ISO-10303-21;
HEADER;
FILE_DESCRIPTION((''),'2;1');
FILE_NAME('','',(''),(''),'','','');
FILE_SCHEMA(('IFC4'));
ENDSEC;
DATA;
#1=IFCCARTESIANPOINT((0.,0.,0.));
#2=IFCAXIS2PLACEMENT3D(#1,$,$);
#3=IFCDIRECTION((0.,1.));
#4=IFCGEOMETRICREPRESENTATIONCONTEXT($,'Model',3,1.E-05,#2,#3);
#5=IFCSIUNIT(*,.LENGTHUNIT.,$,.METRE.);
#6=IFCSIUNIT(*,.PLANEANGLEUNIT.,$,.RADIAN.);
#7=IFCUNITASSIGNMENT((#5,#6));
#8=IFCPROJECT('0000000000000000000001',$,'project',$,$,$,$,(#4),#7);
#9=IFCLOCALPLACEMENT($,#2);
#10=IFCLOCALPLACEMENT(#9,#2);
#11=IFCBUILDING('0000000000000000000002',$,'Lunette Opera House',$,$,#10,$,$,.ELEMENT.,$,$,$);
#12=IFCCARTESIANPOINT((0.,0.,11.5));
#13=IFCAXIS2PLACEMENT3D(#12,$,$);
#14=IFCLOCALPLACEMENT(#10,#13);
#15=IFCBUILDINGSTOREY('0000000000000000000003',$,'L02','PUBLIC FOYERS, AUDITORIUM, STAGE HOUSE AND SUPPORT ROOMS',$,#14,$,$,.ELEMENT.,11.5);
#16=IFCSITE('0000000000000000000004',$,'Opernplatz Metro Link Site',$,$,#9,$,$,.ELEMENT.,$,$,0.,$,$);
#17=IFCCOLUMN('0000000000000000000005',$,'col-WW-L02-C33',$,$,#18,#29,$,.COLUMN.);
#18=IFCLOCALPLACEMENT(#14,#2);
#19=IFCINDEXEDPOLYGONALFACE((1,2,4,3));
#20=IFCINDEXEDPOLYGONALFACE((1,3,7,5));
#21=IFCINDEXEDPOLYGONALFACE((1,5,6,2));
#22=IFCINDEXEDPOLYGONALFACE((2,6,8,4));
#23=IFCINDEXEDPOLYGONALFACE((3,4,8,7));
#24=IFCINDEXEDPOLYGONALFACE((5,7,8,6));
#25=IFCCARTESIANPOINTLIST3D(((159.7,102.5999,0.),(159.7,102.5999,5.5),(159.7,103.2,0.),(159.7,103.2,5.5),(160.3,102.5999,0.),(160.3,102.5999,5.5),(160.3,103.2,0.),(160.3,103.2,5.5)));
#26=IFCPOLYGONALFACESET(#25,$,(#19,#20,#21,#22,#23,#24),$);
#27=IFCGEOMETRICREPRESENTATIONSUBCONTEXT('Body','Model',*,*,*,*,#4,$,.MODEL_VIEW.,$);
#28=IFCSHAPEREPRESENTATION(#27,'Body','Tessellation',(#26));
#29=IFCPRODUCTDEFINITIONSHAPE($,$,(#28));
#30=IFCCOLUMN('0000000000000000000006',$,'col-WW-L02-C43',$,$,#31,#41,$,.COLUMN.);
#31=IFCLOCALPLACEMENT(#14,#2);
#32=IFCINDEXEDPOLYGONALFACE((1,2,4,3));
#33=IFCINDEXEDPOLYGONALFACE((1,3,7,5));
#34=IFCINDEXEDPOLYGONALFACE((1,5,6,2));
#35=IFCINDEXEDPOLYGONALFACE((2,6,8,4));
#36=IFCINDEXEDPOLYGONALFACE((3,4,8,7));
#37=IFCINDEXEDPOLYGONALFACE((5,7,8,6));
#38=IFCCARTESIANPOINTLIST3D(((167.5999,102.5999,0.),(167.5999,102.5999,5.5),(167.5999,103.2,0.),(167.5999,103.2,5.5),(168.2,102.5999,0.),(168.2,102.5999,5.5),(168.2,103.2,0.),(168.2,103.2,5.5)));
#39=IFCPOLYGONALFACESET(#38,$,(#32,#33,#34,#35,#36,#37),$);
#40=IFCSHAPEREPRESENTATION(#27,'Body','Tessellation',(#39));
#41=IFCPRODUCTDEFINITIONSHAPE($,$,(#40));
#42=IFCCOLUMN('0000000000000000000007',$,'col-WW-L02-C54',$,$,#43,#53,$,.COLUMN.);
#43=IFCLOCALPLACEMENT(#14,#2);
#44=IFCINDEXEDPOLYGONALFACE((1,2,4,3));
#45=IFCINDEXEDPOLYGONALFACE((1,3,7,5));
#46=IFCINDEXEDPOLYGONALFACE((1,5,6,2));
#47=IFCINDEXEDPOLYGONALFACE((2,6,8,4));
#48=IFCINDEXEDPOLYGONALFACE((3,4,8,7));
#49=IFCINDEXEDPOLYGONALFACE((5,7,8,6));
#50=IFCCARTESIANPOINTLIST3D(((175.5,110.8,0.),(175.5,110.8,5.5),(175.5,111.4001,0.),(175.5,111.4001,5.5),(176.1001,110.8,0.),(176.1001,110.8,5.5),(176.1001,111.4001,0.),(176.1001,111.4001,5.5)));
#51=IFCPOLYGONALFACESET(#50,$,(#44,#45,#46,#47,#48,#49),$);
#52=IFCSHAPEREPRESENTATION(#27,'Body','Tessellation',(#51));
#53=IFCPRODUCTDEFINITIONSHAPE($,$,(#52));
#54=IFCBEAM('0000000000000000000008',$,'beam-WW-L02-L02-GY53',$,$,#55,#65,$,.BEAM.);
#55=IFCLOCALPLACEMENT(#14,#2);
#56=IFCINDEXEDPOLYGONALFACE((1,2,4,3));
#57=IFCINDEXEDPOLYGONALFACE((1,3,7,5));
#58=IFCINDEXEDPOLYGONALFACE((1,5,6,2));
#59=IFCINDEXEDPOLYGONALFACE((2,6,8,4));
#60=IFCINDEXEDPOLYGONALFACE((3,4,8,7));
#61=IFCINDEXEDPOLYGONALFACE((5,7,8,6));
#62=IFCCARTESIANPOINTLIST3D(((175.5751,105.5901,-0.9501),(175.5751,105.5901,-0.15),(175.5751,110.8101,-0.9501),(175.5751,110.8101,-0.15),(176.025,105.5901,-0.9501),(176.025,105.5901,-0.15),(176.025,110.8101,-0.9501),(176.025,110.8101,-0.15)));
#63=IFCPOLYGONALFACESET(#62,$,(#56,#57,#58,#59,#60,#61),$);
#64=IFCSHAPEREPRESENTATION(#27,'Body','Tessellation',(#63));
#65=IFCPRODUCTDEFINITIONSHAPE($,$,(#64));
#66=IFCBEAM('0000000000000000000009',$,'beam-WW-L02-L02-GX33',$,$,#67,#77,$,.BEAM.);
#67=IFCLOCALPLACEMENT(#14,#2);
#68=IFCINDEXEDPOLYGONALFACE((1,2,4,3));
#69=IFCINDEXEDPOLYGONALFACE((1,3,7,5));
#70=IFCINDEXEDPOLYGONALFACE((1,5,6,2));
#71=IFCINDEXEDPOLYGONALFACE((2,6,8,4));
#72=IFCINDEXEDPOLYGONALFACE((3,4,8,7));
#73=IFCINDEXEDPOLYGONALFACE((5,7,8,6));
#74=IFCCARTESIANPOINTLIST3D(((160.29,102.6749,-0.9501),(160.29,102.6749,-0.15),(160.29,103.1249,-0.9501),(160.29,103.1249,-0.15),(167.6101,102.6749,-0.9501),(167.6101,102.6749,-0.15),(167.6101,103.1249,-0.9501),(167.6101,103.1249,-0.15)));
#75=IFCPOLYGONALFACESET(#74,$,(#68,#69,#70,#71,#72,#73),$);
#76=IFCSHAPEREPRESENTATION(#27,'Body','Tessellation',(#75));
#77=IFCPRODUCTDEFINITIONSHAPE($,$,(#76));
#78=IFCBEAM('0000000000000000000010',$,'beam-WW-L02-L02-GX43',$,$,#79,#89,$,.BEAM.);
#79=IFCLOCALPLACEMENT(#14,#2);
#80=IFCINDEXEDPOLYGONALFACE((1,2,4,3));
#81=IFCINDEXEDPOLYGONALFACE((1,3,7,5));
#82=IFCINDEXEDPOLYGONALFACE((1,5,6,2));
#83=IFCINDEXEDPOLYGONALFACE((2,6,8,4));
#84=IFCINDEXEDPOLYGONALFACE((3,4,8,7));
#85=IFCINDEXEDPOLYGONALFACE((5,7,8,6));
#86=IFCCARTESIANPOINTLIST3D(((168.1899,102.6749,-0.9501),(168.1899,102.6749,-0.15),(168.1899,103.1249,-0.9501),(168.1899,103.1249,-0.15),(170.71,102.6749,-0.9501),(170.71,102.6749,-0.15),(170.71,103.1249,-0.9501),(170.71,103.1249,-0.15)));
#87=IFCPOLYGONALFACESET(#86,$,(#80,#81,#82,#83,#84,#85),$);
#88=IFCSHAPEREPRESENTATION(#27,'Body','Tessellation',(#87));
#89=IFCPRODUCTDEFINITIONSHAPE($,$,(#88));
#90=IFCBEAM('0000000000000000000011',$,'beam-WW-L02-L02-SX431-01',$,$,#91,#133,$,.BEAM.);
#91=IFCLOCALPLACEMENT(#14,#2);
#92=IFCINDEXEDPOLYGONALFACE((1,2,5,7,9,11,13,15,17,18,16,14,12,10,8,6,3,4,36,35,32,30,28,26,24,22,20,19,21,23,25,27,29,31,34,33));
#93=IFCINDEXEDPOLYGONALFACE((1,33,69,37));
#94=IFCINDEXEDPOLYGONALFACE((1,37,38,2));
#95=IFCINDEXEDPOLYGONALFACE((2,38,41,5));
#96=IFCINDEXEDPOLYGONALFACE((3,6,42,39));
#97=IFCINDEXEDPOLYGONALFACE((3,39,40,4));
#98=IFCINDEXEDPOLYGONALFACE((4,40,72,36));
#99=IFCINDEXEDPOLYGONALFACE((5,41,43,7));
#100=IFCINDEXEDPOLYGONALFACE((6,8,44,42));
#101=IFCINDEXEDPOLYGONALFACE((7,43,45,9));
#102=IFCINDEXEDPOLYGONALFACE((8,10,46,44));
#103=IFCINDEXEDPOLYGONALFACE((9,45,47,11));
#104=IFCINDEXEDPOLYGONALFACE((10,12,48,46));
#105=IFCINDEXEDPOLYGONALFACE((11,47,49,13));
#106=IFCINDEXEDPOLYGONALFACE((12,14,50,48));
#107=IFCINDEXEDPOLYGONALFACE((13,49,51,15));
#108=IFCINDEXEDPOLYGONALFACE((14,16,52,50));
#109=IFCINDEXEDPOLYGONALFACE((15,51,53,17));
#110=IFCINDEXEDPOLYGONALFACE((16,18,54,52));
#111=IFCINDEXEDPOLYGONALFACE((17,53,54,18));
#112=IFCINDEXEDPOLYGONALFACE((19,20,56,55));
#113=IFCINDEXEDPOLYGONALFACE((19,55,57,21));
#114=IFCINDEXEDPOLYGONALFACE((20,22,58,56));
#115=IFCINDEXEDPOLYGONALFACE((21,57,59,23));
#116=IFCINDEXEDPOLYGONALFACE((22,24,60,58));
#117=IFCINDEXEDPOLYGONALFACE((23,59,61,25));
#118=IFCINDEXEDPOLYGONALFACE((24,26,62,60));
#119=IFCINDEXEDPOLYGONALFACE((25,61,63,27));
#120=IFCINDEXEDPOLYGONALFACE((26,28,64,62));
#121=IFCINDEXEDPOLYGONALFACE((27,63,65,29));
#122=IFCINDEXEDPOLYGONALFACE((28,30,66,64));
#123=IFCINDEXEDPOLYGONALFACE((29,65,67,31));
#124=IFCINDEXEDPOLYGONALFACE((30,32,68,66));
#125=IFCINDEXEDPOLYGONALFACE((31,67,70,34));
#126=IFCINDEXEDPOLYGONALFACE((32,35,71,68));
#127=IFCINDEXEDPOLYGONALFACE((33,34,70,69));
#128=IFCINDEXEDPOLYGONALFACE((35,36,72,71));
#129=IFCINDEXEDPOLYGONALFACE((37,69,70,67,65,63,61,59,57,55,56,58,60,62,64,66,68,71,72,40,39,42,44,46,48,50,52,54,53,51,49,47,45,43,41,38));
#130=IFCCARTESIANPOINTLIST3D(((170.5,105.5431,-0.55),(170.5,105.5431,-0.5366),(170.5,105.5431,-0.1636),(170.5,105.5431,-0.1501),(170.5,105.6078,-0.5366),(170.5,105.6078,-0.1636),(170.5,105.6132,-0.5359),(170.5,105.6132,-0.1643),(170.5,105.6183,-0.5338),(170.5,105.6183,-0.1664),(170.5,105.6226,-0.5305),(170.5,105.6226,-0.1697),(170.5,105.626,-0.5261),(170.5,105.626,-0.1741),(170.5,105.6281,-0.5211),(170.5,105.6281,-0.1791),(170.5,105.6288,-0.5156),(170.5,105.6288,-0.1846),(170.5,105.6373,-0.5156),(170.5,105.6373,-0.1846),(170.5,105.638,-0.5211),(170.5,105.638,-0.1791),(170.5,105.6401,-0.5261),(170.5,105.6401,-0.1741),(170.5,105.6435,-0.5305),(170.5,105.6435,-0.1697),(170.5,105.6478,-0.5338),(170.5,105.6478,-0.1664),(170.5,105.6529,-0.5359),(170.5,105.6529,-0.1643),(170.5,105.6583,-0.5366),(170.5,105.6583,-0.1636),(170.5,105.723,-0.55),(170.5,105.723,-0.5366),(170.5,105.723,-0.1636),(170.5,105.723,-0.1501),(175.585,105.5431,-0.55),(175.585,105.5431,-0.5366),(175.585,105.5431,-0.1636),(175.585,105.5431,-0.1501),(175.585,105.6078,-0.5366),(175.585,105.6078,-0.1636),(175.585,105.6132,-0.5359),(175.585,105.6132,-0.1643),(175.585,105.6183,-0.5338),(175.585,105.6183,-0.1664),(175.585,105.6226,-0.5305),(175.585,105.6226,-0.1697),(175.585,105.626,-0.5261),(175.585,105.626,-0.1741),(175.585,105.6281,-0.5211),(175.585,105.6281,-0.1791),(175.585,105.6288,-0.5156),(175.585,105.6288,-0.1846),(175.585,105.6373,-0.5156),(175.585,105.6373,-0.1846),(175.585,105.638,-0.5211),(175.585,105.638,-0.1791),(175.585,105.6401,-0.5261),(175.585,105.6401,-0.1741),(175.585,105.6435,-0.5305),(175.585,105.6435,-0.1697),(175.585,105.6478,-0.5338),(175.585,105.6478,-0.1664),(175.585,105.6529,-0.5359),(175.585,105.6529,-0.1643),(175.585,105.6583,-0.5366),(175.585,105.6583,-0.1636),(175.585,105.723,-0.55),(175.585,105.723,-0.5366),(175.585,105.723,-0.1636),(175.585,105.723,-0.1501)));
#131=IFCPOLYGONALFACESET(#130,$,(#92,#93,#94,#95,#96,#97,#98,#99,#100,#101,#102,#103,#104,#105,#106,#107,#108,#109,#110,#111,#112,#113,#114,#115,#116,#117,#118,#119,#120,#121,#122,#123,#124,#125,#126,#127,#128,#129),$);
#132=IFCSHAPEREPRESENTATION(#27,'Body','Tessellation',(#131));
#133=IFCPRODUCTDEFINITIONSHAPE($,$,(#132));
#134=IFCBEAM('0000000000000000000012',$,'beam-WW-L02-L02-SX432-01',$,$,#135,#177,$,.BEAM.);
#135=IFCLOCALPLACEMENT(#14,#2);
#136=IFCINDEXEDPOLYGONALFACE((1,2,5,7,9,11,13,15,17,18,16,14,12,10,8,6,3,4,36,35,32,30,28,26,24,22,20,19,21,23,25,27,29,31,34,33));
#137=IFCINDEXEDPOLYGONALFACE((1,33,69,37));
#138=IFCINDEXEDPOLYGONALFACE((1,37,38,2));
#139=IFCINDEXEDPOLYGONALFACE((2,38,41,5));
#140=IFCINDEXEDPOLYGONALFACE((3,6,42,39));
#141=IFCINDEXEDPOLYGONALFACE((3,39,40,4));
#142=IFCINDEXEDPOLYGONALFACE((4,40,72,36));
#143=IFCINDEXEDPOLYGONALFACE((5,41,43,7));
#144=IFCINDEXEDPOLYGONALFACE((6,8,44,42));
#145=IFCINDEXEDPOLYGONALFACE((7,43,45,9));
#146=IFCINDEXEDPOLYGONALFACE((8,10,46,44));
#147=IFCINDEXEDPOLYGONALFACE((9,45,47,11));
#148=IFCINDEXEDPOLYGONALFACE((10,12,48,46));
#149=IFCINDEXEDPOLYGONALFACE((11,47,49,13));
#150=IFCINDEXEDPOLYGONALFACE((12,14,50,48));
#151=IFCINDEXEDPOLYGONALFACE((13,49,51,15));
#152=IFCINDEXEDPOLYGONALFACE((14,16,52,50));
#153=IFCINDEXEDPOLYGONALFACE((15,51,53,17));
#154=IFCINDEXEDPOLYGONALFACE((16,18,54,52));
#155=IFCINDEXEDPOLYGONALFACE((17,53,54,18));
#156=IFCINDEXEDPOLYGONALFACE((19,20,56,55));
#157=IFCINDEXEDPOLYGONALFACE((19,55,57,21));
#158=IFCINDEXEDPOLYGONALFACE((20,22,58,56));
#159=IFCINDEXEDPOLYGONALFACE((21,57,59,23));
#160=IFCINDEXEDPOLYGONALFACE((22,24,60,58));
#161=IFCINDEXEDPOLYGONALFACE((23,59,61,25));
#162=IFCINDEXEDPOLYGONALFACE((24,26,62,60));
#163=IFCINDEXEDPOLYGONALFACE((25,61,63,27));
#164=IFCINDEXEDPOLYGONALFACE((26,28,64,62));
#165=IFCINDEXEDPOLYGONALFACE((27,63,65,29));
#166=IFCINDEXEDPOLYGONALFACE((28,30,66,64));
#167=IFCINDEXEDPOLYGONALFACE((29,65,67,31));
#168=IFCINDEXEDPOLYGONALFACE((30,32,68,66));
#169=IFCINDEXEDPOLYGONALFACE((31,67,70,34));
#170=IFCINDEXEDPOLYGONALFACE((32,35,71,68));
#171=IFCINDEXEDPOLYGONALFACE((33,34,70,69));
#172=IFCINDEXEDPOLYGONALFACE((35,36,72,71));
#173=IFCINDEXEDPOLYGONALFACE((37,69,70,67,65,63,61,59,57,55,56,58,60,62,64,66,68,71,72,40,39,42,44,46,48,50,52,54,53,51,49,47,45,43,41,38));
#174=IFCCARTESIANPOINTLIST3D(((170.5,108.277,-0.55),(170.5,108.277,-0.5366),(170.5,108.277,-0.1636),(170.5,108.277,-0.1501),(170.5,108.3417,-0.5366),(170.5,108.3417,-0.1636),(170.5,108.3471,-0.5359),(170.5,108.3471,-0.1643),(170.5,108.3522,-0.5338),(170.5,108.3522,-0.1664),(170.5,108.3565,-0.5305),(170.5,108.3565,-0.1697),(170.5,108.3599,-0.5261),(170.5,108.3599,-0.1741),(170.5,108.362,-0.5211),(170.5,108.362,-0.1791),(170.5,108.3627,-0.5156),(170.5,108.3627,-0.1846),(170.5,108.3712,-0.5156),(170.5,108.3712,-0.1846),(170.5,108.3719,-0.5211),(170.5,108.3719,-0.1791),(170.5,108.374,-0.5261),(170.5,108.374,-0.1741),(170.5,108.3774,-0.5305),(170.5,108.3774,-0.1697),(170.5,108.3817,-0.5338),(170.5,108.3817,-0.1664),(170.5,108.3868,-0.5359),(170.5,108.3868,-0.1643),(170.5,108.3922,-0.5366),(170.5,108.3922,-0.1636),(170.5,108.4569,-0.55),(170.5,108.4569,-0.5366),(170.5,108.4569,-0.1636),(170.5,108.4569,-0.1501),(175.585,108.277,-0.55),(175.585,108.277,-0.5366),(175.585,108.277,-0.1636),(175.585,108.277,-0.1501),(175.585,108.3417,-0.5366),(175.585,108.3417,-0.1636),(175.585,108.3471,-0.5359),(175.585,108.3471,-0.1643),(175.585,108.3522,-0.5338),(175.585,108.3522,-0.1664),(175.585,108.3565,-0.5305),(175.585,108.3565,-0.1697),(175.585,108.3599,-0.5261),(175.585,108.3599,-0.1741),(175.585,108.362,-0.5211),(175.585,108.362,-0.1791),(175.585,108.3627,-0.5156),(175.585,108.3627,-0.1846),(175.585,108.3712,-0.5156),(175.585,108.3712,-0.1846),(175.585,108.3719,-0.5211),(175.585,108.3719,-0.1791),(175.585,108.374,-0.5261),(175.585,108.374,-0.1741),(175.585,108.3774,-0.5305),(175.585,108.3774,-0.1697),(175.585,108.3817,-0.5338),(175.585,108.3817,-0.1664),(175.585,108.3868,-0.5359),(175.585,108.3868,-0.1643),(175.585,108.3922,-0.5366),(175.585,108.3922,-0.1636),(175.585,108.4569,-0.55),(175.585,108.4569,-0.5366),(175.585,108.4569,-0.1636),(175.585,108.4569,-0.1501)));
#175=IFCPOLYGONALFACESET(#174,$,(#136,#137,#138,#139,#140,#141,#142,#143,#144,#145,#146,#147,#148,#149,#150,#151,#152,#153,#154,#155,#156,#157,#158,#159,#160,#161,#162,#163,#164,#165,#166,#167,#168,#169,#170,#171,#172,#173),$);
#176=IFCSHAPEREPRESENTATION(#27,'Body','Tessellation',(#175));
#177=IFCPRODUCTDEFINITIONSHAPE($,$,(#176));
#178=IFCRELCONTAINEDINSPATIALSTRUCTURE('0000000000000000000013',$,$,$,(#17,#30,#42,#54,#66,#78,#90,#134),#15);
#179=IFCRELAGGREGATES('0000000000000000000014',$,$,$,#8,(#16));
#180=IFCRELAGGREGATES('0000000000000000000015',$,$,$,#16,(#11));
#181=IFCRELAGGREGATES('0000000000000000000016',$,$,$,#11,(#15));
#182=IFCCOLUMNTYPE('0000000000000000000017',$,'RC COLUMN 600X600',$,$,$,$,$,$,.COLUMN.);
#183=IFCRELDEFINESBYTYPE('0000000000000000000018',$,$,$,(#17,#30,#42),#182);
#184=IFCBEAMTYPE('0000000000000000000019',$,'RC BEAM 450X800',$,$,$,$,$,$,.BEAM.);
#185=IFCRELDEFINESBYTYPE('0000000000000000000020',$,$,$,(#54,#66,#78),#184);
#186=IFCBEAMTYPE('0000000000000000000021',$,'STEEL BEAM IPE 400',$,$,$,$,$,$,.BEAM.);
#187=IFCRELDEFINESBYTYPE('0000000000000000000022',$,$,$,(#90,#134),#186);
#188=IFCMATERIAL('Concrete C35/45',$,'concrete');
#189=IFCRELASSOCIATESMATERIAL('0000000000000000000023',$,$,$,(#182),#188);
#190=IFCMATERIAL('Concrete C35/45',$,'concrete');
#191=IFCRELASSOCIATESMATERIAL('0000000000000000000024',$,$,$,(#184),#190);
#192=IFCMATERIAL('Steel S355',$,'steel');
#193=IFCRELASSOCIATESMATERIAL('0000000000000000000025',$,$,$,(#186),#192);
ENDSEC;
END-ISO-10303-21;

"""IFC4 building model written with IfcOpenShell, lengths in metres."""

from ifc_helpers import new_model, si_unit, direction, frame, origin, origin_2d, place, context, subcontext, project, spatial, rectangle, i_section, extrude, material, material_profile, profile_set, type_object, element, save


model = new_model("IFC4")

# Units and contexts
model_context = context("Model", 3, precision=1e-05, world=origin(), true_north=direction((0.0, 1.0)))
body_context = subcontext(model_context, "Body", "Model", "MODEL_VIEW")
ifc_project = project(units=[si_unit("LENGTHUNIT", "METRE"), si_unit("PLANEANGLEUNIT", "RADIAN")], contexts=[model_context])

# Site, building, storey
site_placement = place(None, origin())
site = spatial("IfcSite", under=ifc_project, at=site_placement, Name="Opernplatz Metro Link Site", CompositionType="ELEMENT", RefElevation=0.0)
building_placement = place(site_placement, origin())
building = spatial("IfcBuilding", under=site, at=building_placement, Name="Lunette Opera House", CompositionType="ELEMENT")
storey_placement = place(building_placement, frame((0.0, 0.0, 11.5)))
storey = spatial("IfcBuildingStorey", under=building, at=storey_placement, Name="L02", Description="PUBLIC FOYERS, AUDITORIUM, STAGE HOUSE AND SUPPORT ROOMS", CompositionType="ELEMENT", Elevation=11.5)

# Columns
ifc_material_1 = material(Name="Concrete C35/45", Category="concrete")
ifc_material_profile_1 = material_profile(ifc_material_1, rectangle(XDim=0.6001, YDim=0.6001, at=origin_2d()), Name="RC COLUMN 600X600")
ifc_profile_set_1 = profile_set([ifc_material_profile_1], Name="Concrete C35/45")
column_type = type_object("IfcColumnType", Name="RC COLUMN 600X600", PredefinedType="COLUMN", material=ifc_profile_set_1)
for number, where, z_axis, x_axis, name in (
    (1, (160.0, 102.8999, 0.0), (0.0, 0.0, 1.0), (1.0, 0.0, 0.0), "col-WW-L02-C33"),
    (2, (167.8999, 102.8999, 0.0), (0.0, 0.0, 1.0), (1.0, 0.0, 0.0), "col-WW-L02-C43"),
    (3, (175.8, 111.1001, 0.0), (0.0, 0.0, 1.0), (1.0, 0.0, 0.0), "col-WW-L02-C54"),
):
    element("IfcColumn", number, at=place(storey_placement, frame(where, z_axis=z_axis, x_axis=x_axis)), inside=storey, type_object=column_type, Name=name, PredefinedType="COLUMN", context=body_context, shape_type="SweptSolid", body=[
        extrude(rectangle(XDim=0.6001, YDim=0.6001, at=origin_2d()), origin(), (0.0, 0.0, 1.0), 5.5),
    ])

# Beams
ifc_material_2 = material(Name="Concrete C35/45", Category="concrete")
ifc_material_profile_2 = material_profile(ifc_material_2, rectangle(XDim=0.45, YDim=0.8, at=origin_2d()), Name="RC BEAM 450X800")
ifc_profile_set_2 = profile_set([ifc_material_profile_2], Name="Concrete C35/45")
beam_type_1 = type_object("IfcBeamType", Name="RC BEAM 450X800", PredefinedType="BEAM", material=ifc_profile_set_2)
beam_1_placement = place(storey_placement, frame((175.8, 105.5901, -0.55), z_axis=(0.0, 1.0, 0.0), x_axis=(-1.0, 0.0, 0.0)))
element("IfcBeam", 4, at=beam_1_placement, inside=storey, type_object=beam_type_1, Name="beam-WW-L02-L02-GY53", PredefinedType="BEAM", context=body_context, shape_type="SweptSolid", body=[
    extrude(rectangle(XDim=0.45, YDim=0.8, at=origin_2d()), origin(), (0.0, 0.0, 1.0), 5.22),
])
beam_2_placement = place(storey_placement, frame((160.29, 102.8999, -0.55), z_axis=(1.0, 0.0, 0.0), x_axis=(0.0, 1.0, 0.0)))
element("IfcBeam", 5, at=beam_2_placement, inside=storey, type_object=beam_type_1, Name="beam-WW-L02-L02-GX33", PredefinedType="BEAM", context=body_context, shape_type="SweptSolid", body=[
    extrude(rectangle(XDim=0.45, YDim=0.8, at=origin_2d()), origin(), (0.0, 0.0, 1.0), 7.3201),
])
beam_3_placement = place(storey_placement, frame((168.1899, 102.8999, -0.55), z_axis=(1.0, 0.0, 0.0), x_axis=(0.0, 1.0, 0.0)))
element("IfcBeam", 6, at=beam_3_placement, inside=storey, type_object=beam_type_1, Name="beam-WW-L02-L02-GX43", PredefinedType="BEAM", context=body_context, shape_type="SweptSolid", body=[
    extrude(rectangle(XDim=0.45, YDim=0.8, at=origin_2d()), origin(), (0.0, 0.0, 1.0), 2.52),
])
ifc_material_3 = material(Name="Steel S355", Category="steel")
ifc_material_profile_3 = material_profile(ifc_material_3, i_section(OverallWidth=0.1799, OverallDepth=0.3999, WebThickness=0.0085, FlangeThickness=0.0134, FilletRadius=0.021, at=origin_2d()), Name="IPE 400")
ifc_profile_set_3 = profile_set([ifc_material_profile_3], Name="Steel S355")
beam_type_2 = type_object("IfcBeamType", Name="STEEL BEAM IPE 400", PredefinedType="BEAM", material=ifc_profile_set_3)
for number, where, z_axis, x_axis, name in (
    (7, (170.5, 105.6331, -0.3501), (1.0, 0.0, 0.0), (0.0, 1.0, 0.0), "beam-WW-L02-L02-SX431-01"),
    (8, (170.5, 108.3669, -0.3501), (1.0, 0.0, 0.0), (0.0, 1.0, 0.0), "beam-WW-L02-L02-SX432-01"),
):
    element("IfcBeam", number, at=place(storey_placement, frame(where, z_axis=z_axis, x_axis=x_axis)), inside=storey, type_object=beam_type_2, Name=name, PredefinedType="BEAM", context=body_context, shape_type="SweptSolid", body=[
        extrude(i_section(OverallWidth=0.1799, OverallDepth=0.3999, WebThickness=0.0085, FlangeThickness=0.0134, FilletRadius=0.021, at=origin_2d()), origin(), (0.0, 0.0, 1.0), 5.085),
    ])

save(model, "model.ifc")
